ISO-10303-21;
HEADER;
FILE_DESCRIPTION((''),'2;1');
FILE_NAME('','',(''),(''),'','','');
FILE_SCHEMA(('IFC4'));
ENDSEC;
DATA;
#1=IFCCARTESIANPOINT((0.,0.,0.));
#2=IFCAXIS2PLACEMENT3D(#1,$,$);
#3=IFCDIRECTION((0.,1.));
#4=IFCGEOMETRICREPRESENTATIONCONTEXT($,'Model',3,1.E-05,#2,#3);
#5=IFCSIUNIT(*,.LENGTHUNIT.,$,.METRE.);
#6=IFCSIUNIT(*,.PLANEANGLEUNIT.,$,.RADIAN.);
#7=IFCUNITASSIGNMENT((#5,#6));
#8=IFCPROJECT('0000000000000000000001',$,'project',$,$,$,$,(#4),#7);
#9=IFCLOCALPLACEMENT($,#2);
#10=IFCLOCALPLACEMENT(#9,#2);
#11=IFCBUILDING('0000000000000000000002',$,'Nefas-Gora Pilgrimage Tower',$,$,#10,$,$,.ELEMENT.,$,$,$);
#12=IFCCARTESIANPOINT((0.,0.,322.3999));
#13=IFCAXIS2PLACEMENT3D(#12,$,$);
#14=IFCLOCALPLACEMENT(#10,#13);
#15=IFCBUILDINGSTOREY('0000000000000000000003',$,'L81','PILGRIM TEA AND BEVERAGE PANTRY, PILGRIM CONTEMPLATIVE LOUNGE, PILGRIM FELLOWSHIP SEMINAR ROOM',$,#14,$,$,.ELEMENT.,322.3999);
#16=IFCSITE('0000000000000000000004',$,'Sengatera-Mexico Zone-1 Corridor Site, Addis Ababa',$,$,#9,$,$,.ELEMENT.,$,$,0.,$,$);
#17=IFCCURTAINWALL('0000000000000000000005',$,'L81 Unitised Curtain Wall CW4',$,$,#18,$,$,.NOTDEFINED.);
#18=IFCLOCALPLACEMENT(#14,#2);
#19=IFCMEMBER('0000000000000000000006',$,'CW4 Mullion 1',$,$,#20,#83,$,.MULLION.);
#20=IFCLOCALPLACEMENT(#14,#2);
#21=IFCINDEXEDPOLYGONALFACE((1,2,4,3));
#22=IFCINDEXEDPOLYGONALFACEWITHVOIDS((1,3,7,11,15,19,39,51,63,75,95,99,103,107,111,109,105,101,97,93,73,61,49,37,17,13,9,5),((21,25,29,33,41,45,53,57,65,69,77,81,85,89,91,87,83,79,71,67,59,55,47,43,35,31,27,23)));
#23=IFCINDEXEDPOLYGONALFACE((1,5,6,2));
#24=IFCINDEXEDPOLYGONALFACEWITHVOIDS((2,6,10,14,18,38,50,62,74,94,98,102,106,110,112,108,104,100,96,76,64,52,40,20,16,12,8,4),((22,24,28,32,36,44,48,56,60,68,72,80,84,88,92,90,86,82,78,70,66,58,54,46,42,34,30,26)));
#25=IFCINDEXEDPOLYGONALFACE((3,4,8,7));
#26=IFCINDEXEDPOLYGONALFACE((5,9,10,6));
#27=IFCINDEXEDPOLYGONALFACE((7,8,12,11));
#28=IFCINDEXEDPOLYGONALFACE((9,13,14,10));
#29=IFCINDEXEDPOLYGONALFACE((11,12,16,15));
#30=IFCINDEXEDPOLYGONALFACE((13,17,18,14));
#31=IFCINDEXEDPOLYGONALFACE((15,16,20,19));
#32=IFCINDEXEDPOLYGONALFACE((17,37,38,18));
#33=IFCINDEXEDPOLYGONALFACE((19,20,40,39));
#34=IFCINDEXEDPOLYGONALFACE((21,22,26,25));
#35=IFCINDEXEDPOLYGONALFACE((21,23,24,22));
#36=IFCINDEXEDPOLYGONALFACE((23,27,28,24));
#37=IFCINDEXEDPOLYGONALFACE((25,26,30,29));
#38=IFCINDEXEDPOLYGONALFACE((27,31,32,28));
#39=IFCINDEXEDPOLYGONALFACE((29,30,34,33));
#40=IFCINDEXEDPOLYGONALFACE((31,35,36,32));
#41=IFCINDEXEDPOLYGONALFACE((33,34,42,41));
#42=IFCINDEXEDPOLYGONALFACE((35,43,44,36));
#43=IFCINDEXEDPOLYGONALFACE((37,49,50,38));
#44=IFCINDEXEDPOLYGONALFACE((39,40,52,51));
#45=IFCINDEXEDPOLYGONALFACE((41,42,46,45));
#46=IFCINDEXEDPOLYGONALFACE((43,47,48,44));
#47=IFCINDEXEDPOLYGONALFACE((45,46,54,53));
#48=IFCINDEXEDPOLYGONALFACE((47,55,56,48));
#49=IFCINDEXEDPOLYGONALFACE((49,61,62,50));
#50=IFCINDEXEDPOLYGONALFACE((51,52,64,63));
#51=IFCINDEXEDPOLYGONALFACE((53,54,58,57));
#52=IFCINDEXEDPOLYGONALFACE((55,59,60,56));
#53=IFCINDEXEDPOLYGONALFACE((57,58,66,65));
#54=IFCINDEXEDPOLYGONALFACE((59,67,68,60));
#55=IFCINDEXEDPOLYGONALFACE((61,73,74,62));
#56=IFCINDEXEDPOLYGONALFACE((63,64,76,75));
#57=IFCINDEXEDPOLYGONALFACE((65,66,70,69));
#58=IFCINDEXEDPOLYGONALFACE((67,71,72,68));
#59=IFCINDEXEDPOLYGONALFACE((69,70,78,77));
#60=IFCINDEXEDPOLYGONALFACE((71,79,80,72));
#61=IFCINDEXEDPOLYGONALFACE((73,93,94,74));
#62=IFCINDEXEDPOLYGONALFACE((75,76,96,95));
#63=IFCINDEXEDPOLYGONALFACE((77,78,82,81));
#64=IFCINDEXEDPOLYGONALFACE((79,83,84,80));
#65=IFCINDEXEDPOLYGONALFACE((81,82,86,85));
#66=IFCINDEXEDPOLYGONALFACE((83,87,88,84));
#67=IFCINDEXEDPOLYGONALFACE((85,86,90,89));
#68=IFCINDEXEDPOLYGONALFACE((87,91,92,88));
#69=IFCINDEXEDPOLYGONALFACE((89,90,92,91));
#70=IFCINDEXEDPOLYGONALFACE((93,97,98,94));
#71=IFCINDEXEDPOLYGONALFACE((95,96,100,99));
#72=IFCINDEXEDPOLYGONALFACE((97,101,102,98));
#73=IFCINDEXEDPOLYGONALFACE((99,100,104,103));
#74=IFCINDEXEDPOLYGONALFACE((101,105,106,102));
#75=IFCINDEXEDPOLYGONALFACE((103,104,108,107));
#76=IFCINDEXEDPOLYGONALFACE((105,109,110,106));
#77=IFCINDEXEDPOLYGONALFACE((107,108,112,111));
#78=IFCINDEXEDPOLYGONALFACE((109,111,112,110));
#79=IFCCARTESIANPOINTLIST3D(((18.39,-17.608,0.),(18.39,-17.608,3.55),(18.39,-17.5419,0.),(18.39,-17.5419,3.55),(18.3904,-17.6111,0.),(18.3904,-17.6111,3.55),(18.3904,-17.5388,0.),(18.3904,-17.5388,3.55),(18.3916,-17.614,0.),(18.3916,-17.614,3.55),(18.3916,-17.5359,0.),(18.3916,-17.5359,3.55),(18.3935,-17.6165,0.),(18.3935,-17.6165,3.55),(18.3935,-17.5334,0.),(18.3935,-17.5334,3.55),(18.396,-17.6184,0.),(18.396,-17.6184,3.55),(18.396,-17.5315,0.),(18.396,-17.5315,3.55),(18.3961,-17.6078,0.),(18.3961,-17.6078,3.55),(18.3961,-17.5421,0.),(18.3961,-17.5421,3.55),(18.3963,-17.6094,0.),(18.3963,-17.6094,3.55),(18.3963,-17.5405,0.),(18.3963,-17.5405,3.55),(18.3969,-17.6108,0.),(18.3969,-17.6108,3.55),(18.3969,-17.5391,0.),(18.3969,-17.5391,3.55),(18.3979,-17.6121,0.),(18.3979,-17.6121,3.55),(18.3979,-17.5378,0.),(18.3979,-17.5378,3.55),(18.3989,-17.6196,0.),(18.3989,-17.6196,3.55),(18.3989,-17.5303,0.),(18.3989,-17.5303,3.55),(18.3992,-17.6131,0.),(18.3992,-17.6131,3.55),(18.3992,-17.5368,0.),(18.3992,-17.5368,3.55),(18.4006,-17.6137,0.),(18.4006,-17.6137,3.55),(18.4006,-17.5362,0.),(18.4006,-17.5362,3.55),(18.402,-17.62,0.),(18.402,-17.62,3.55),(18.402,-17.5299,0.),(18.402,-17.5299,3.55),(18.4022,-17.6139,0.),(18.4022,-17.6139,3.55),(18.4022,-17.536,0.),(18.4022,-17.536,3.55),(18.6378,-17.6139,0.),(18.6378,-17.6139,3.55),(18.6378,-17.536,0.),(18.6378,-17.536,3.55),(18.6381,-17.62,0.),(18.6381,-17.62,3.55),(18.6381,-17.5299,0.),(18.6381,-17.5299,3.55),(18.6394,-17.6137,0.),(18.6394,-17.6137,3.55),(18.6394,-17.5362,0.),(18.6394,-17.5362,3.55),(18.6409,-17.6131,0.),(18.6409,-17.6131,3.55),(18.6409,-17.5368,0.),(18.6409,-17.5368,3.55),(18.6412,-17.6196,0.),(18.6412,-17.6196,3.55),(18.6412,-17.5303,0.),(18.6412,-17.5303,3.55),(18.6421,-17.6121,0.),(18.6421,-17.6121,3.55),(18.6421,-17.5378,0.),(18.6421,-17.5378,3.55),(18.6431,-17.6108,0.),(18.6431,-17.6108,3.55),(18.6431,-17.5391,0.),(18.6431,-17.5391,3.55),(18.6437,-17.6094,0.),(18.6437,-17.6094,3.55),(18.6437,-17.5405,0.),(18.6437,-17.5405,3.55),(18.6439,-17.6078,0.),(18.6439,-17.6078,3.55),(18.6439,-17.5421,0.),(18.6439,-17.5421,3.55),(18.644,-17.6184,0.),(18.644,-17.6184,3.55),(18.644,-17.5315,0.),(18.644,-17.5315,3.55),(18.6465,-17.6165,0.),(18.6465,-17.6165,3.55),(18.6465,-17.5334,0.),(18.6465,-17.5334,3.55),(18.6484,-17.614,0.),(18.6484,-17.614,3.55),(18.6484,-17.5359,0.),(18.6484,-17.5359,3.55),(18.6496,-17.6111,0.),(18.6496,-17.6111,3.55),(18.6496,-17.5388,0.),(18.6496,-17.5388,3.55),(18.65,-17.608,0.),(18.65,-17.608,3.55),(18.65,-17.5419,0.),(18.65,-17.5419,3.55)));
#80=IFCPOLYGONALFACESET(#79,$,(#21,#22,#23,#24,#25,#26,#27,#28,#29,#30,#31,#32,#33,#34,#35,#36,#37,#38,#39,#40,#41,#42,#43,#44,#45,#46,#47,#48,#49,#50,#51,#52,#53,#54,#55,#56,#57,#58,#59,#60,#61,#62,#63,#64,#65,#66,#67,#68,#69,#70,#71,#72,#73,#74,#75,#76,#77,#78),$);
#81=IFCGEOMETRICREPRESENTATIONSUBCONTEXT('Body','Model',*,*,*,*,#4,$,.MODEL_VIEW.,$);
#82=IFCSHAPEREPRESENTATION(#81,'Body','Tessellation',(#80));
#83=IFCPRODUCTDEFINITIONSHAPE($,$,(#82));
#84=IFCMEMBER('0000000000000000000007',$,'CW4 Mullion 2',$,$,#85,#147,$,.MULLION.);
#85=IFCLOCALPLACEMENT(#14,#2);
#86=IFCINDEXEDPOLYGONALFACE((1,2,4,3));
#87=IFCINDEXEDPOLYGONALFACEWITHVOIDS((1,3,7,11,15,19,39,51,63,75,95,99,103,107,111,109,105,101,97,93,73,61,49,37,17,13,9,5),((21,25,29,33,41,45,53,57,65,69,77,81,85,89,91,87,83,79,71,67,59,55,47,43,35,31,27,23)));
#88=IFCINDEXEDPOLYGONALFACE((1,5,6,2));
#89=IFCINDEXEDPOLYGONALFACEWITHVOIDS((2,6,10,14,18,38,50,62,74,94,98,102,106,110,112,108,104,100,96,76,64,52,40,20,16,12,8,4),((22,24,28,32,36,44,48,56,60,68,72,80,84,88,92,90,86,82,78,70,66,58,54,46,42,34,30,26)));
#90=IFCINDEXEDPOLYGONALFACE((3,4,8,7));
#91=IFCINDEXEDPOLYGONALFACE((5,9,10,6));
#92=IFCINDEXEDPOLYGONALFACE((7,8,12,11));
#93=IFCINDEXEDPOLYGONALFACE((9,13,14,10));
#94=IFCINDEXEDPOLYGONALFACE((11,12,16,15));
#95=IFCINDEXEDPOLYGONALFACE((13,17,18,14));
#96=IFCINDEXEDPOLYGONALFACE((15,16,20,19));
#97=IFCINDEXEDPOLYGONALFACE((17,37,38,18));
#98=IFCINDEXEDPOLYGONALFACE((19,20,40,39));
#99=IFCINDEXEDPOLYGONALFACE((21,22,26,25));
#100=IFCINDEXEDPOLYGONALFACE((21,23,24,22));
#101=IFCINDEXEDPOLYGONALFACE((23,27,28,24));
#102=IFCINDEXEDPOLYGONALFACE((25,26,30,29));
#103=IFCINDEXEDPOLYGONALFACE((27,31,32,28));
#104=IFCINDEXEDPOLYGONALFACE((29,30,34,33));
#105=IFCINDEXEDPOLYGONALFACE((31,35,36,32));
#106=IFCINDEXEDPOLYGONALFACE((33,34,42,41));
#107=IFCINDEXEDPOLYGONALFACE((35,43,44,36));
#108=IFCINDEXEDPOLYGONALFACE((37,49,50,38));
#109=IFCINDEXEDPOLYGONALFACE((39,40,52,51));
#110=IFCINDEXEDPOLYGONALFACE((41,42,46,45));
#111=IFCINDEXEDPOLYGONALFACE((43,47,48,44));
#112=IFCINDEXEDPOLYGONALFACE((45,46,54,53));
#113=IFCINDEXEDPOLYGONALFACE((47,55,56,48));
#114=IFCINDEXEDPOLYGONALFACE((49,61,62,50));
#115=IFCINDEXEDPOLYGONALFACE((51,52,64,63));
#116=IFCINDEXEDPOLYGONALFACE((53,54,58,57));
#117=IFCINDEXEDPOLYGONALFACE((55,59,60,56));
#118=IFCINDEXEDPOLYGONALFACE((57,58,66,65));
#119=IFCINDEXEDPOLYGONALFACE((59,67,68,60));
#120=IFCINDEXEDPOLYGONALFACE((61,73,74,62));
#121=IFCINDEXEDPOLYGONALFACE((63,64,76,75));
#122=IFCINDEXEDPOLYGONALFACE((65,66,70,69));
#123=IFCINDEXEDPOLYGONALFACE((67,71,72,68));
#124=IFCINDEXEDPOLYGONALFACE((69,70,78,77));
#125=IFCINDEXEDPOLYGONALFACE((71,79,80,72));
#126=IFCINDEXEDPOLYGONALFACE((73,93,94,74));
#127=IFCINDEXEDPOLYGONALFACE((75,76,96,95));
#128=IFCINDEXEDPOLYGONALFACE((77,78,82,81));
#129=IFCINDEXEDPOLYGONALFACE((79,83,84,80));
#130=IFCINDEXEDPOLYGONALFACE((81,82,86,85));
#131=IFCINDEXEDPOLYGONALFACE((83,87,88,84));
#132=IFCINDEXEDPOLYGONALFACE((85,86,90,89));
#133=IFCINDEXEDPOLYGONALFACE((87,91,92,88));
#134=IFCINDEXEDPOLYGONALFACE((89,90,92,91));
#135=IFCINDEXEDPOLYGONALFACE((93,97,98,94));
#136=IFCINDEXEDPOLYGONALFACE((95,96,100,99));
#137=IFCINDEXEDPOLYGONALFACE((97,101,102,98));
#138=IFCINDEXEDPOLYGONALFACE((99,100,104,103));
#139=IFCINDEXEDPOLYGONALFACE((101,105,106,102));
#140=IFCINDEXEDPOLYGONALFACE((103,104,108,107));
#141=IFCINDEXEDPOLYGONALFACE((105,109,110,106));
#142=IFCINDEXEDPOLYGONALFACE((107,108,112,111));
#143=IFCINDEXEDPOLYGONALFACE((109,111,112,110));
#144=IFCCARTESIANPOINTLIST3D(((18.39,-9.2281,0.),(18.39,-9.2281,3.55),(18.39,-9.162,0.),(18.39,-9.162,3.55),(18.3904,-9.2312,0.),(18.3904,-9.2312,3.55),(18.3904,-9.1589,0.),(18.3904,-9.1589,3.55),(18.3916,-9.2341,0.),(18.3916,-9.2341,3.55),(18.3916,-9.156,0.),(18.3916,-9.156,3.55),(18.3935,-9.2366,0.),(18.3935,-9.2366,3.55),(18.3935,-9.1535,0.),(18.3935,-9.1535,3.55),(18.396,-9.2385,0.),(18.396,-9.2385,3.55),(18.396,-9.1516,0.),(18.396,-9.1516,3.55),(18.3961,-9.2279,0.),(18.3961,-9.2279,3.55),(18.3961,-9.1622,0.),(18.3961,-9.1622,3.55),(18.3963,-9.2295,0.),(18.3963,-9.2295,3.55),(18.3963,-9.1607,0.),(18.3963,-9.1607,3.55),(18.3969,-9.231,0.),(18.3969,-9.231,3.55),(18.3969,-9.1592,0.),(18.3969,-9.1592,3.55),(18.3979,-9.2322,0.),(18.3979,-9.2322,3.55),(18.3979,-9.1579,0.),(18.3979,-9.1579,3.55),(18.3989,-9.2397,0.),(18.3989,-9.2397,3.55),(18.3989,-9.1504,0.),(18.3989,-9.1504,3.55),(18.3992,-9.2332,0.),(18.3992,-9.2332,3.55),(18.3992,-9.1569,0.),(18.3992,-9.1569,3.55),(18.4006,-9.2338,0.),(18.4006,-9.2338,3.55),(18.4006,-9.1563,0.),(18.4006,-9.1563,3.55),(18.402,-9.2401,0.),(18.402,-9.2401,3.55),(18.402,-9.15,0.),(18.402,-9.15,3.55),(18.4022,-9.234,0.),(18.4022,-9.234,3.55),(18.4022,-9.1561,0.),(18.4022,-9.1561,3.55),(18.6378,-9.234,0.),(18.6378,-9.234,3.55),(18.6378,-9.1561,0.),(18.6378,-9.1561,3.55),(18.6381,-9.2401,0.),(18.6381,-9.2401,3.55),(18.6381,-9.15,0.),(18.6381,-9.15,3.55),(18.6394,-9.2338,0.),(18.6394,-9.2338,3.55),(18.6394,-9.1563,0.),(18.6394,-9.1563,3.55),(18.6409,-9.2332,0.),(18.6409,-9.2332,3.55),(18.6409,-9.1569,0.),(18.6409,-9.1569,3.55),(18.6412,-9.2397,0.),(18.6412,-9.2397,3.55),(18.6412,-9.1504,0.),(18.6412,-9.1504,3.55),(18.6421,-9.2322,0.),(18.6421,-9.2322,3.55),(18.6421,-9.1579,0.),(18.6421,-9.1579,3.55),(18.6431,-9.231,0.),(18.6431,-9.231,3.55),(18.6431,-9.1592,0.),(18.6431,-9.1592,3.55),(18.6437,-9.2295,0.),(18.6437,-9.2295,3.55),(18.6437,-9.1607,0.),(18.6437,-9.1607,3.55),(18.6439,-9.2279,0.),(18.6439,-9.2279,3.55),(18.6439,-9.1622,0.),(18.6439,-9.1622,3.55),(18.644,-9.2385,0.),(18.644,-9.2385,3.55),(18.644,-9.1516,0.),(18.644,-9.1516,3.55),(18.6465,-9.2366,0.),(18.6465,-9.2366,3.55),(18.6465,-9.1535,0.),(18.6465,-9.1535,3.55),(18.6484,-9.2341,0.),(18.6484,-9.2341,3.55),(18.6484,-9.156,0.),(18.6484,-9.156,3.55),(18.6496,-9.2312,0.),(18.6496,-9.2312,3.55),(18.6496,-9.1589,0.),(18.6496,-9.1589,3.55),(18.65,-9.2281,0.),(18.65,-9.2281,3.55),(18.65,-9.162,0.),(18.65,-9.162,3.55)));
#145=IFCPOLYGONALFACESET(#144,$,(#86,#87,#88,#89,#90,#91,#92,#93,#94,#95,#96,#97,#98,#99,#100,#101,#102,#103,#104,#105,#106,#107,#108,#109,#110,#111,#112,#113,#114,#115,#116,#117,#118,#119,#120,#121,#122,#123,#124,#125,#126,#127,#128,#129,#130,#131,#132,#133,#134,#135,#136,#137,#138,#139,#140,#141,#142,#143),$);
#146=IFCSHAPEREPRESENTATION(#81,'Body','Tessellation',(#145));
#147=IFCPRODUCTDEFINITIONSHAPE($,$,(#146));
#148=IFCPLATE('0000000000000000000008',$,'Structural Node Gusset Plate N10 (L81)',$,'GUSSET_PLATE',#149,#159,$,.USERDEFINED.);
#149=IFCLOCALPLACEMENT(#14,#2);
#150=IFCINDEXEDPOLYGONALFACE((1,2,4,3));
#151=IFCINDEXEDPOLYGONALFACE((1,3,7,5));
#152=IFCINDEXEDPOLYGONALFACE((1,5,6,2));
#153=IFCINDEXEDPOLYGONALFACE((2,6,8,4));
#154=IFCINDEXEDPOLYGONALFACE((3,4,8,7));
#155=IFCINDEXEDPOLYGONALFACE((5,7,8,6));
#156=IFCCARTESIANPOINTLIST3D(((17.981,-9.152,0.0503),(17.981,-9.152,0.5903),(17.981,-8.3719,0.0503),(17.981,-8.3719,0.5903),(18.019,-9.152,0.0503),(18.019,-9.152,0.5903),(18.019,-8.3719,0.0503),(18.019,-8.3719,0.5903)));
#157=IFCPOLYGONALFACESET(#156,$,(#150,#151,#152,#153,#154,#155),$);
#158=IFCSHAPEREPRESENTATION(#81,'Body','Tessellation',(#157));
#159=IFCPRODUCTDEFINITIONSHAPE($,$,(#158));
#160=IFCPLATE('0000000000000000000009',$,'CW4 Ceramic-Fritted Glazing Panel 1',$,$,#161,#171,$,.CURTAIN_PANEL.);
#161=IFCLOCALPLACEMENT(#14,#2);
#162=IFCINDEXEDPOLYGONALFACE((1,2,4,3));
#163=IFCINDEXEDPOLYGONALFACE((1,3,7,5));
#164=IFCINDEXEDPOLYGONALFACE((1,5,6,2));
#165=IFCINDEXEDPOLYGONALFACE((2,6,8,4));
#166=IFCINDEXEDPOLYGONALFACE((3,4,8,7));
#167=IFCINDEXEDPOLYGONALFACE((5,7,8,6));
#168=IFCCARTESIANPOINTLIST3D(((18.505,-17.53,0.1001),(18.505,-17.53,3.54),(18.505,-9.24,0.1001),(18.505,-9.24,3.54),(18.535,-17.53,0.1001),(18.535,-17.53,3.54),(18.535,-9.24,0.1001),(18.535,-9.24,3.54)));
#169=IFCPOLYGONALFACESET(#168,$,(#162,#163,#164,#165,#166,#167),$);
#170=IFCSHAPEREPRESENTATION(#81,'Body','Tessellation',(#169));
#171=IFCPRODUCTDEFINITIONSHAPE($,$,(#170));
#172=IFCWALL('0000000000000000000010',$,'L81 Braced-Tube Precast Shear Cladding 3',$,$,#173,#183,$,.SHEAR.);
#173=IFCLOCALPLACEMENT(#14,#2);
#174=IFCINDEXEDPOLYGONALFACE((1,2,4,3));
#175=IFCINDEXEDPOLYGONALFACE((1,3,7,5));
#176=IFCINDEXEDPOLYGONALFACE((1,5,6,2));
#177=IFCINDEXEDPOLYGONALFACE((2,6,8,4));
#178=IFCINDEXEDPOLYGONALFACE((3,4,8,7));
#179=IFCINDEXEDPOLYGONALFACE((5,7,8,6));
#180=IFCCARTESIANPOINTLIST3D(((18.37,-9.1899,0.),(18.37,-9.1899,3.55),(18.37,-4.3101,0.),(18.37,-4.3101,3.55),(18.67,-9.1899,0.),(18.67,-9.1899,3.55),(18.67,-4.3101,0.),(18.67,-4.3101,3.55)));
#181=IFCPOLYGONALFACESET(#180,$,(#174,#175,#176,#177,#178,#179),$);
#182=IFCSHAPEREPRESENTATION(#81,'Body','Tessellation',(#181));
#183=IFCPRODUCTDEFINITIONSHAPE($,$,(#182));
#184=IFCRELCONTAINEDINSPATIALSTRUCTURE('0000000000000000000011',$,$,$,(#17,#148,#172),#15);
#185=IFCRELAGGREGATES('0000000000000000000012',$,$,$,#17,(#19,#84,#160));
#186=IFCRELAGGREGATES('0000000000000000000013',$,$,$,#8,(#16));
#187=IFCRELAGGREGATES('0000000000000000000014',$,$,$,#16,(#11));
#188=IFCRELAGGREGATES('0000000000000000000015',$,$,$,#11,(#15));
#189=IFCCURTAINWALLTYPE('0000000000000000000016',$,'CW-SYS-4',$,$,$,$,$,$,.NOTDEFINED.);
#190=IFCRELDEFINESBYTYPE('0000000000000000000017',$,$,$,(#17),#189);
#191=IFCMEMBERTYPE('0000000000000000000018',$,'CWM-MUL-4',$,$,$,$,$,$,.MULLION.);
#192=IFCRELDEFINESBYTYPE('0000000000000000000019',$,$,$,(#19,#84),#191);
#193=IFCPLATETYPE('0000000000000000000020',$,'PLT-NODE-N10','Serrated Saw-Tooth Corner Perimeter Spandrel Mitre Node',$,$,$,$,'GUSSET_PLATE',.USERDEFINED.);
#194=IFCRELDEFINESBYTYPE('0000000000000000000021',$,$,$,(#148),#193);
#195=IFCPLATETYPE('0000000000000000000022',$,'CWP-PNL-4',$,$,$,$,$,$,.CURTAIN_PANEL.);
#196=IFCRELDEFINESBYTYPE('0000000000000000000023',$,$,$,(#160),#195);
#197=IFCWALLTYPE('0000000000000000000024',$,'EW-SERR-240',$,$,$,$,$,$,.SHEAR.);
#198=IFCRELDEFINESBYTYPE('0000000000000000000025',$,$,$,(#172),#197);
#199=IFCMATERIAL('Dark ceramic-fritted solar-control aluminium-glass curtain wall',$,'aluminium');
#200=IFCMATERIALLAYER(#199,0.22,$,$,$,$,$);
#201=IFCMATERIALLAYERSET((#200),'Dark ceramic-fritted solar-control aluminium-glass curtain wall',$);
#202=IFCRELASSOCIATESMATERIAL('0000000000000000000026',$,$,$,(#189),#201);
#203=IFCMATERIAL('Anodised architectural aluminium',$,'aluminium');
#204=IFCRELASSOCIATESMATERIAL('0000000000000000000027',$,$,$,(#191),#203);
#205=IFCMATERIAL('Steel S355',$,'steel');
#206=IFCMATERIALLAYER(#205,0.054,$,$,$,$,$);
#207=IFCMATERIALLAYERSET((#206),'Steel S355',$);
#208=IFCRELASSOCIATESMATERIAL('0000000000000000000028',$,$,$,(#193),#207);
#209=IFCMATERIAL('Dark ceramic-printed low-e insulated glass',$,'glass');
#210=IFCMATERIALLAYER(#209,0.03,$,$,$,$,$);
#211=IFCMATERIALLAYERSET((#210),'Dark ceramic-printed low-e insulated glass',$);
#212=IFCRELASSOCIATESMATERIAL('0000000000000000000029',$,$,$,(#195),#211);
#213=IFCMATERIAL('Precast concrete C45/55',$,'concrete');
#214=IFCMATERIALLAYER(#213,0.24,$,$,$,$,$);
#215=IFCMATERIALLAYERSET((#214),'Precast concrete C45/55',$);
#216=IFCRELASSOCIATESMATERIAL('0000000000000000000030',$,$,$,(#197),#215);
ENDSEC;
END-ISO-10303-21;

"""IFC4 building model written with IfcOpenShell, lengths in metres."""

from ifc_helpers import new_model, si_unit, direction, frame, frame_2d, origin, origin_2d, place, context, subcontext, project, spatial, rectangle, hollow_rectangle, extrude, source, transform, mapped, material, layer, layer_set, material_profile, profile_set, type_object, element, aggregate, save


model = new_model("IFC4")

# Units and contexts
model_context = context("Model", 3, precision=1e-05, world=origin(), true_north=direction((0.0, 1.0)))
body_context = subcontext(model_context, "Body", "Model", "MODEL_VIEW")
ifc_project = project(units=[si_unit("LENGTHUNIT", "METRE"), si_unit("PLANEANGLEUNIT", "RADIAN")], contexts=[model_context])

# Site, building, storey
site_placement = place(None, origin())
site = spatial("IfcSite", under=ifc_project, at=site_placement, Name="Sengatera-Mexico Zone-1 Corridor Site, Addis Ababa", CompositionType="ELEMENT", RefElevation=0.0)
building_placement = place(site_placement, origin())
building = spatial("IfcBuilding", under=site, at=building_placement, Name="Nefas-Gora Pilgrimage Tower", CompositionType="ELEMENT")
storey_placement = place(building_placement, frame((0.0, 0.0, 322.3999)))
storey = spatial("IfcBuildingStorey", under=building, at=storey_placement, Name="L81", Description="PILGRIM TEA AND BEVERAGE PANTRY, PILGRIM CONTEMPLATIVE LOUNGE, PILGRIM FELLOWSHIP SEMINAR ROOM", CompositionType="ELEMENT", Elevation=322.3999)

# Shared definitions
ifc_material_1 = material(Name="Steel S355", Category="steel")

# Curtain wall, members
ifc_material_2 = material(Name="Dark ceramic-fritted solar-control aluminium-glass curtain wall", Category="aluminium")
ifc_layer_1 = layer(ifc_material_2, 0.22)
ifc_layer_set_1 = layer_set([ifc_layer_1], Name="Dark ceramic-fritted solar-control aluminium-glass curtain wall")
curtain_wall_type = type_object("IfcCurtainWallType", Name="CW-SYS-4", PredefinedType="NOTDEFINED", material=ifc_layer_set_1)
curtain_wall_placement = place(storey_placement, origin())
curtain_wall = element("IfcCurtainWall", 1, at=curtain_wall_placement, inside=storey, type_object=curtain_wall_type, Name="L81 Unitised Curtain Wall CW4", PredefinedType="NOTDEFINED")
ifc_material_3 = material(Name="Anodised architectural aluminium", Category="aluminium")
ifc_material_profile_1 = material_profile(ifc_material_3, hollow_rectangle(XDim=0.0901, YDim=0.26, WallThickness=0.0061, InnerFilletRadius=0.0061, OuterFilletRadius=0.012, at=origin_2d()), Name="ALU MULLION 90x260")
ifc_profile_set_1 = profile_set([ifc_material_profile_1], Name="Anodised architectural aluminium")
member_type_1 = type_object("IfcMemberType", Name="CWM-MUL-4", PredefinedType="MULLION", material=ifc_profile_set_1)
shared_shape_1 = source(origin(), body_context, "Body", "SweptSolid", [
    extrude(hollow_rectangle(XDim=0.0901, YDim=0.26, WallThickness=0.0061, InnerFilletRadius=0.0061, OuterFilletRadius=0.012, at=origin_2d()), origin(), (0.0, 0.0, 1.0), 3.55),
])
member_1_placement = place(storey_placement, frame((18.52, -17.575, 0.0), z_axis=(0.0, 0.0, 1.0), x_axis=(0.0, 1.0, 0.0)))
member_1 = element("IfcMember", 2, at=member_1_placement, type_object=member_type_1, Name="CW4 Mullion 1", PredefinedType="MULLION", context=body_context, shape_type="MappedRepresentation", body=[
    mapped(shared_shape_1, transform((0.0, 0.0, 0.0), x_axis=(1.0, 0.0, 0.0), y_axis=(0.0, 1.0, 0.0), z_axis=(0.0, 0.0, 1.0), scale=1.0)),
])
member_2_placement = place(storey_placement, frame((18.52, -9.1951, 0.0), z_axis=(0.0, 0.0, 1.0), x_axis=(0.0, 1.0, 0.0)))
member_2 = element("IfcMember", 3, at=member_2_placement, type_object=member_type_1, Name="CW4 Mullion 2", PredefinedType="MULLION", context=body_context, shape_type="MappedRepresentation", body=[
    mapped(shared_shape_1, transform((0.0, 0.0, 0.0), x_axis=(1.0, 0.0, 0.0), y_axis=(0.0, 1.0, 0.0), z_axis=(0.0, 0.0, 1.0), scale=1.0)),
])

# Plates
ifc_layer_2 = layer(ifc_material_1, 0.054)
ifc_layer_set_2 = layer_set([ifc_layer_2], Name="Steel S355")
plate_type_1 = type_object("IfcPlateType", Name="PLT-NODE-N10", Description="Serrated Saw-Tooth Corner Perimeter Spandrel Mitre Node", ElementType="GUSSET_PLATE", PredefinedType="USERDEFINED", material=ifc_layer_set_2)
shared_shape_2 = source(origin(), body_context, "Body", "SweptSolid", [
    extrude(rectangle(XDim=0.78, YDim=0.0381, at=origin_2d()), origin(), (0.0, 0.0, 1.0), 0.54),
])
plate_1_placement = place(storey_placement, frame((18.0, -8.762, 0.0503), z_axis=(0.0, 0.0, 1.0), x_axis=(0.0, 1.0, 0.0)))
element("IfcPlate", 4, at=plate_1_placement, inside=storey, type_object=plate_type_1, Name="Structural Node Gusset Plate N10 (L81)", ObjectType="GUSSET_PLATE", PredefinedType="USERDEFINED", context=body_context, shape_type="MappedRepresentation", body=[
    mapped(shared_shape_2, transform((0.0, 0.0, 0.0), x_axis=(1.0, 0.0, 0.0), y_axis=(0.0, 1.0, 0.0), z_axis=(0.0, 0.0, 1.0), scale=1.0)),
])
ifc_material_4 = material(Name="Dark ceramic-printed low-e insulated glass", Category="glass")
ifc_layer_3 = layer(ifc_material_4, 0.03)
ifc_layer_set_3 = layer_set([ifc_layer_3], Name="Dark ceramic-printed low-e insulated glass")
plate_type_2 = type_object("IfcPlateType", Name="CWP-PNL-4", PredefinedType="CURTAIN_PANEL", material=ifc_layer_set_3)
shared_shape_3 = source(origin(), body_context, "Body", "SweptSolid", [
    extrude(rectangle(XDim=8.29, YDim=0.03, at=origin_2d()), origin(), (0.0, 0.0, 1.0), 3.4399),
])
plate_2_placement = place(storey_placement, frame((18.52, -13.385, 0.1001), z_axis=(0.0, 0.0, 1.0), x_axis=(0.0, 1.0, 0.0)))
plate_2 = element("IfcPlate", 5, at=plate_2_placement, type_object=plate_type_2, Name="CW4 Ceramic-Fritted Glazing Panel 1", PredefinedType="CURTAIN_PANEL", context=body_context, shape_type="MappedRepresentation", body=[
    mapped(shared_shape_3, transform((0.0, 0.0, 0.0), x_axis=(1.0, 0.0, 0.0), y_axis=(0.0, 1.0, 0.0), z_axis=(0.0, 0.0, 1.0), scale=1.0)),
])
aggregate(curtain_wall, [member_1, member_2, plate_2])

# Wall
ifc_material_5 = material(Name="Precast concrete C45/55", Category="concrete")
ifc_layer_4 = layer(ifc_material_5, 0.24)
ifc_layer_set_4 = layer_set([ifc_layer_4], Name="Precast concrete C45/55")
wall_type_1 = type_object("IfcWallType", Name="EW-SERR-240", PredefinedType="SHEAR", material=ifc_layer_set_4)
shared_shape_4 = source(origin(), body_context, "Body", "SweptSolid", [
    extrude(rectangle(XDim=4.8799, YDim=0.3, at=frame_2d((2.4399, 0.0))), origin(), (0.0, 0.0, 1.0), 3.55),
])
wall_1_placement = place(storey_placement, frame((18.52, -9.1899, 0.0), z_axis=(0.0, 0.0, 1.0), x_axis=(0.0, 1.0, 0.0)))
element("IfcWall", 6, at=wall_1_placement, inside=storey, type_object=wall_type_1, Name="L81 Braced-Tube Precast Shear Cladding 3", PredefinedType="SHEAR", context=body_context, shape_type="MappedRepresentation", body=[
    mapped(shared_shape_4, transform((0.0, 0.0, 0.0), x_axis=(1.0, 0.0, 0.0), y_axis=(0.0, 1.0, 0.0), z_axis=(0.0, 0.0, 1.0), scale=1.0)),
])

save(model, "model.ifc")
